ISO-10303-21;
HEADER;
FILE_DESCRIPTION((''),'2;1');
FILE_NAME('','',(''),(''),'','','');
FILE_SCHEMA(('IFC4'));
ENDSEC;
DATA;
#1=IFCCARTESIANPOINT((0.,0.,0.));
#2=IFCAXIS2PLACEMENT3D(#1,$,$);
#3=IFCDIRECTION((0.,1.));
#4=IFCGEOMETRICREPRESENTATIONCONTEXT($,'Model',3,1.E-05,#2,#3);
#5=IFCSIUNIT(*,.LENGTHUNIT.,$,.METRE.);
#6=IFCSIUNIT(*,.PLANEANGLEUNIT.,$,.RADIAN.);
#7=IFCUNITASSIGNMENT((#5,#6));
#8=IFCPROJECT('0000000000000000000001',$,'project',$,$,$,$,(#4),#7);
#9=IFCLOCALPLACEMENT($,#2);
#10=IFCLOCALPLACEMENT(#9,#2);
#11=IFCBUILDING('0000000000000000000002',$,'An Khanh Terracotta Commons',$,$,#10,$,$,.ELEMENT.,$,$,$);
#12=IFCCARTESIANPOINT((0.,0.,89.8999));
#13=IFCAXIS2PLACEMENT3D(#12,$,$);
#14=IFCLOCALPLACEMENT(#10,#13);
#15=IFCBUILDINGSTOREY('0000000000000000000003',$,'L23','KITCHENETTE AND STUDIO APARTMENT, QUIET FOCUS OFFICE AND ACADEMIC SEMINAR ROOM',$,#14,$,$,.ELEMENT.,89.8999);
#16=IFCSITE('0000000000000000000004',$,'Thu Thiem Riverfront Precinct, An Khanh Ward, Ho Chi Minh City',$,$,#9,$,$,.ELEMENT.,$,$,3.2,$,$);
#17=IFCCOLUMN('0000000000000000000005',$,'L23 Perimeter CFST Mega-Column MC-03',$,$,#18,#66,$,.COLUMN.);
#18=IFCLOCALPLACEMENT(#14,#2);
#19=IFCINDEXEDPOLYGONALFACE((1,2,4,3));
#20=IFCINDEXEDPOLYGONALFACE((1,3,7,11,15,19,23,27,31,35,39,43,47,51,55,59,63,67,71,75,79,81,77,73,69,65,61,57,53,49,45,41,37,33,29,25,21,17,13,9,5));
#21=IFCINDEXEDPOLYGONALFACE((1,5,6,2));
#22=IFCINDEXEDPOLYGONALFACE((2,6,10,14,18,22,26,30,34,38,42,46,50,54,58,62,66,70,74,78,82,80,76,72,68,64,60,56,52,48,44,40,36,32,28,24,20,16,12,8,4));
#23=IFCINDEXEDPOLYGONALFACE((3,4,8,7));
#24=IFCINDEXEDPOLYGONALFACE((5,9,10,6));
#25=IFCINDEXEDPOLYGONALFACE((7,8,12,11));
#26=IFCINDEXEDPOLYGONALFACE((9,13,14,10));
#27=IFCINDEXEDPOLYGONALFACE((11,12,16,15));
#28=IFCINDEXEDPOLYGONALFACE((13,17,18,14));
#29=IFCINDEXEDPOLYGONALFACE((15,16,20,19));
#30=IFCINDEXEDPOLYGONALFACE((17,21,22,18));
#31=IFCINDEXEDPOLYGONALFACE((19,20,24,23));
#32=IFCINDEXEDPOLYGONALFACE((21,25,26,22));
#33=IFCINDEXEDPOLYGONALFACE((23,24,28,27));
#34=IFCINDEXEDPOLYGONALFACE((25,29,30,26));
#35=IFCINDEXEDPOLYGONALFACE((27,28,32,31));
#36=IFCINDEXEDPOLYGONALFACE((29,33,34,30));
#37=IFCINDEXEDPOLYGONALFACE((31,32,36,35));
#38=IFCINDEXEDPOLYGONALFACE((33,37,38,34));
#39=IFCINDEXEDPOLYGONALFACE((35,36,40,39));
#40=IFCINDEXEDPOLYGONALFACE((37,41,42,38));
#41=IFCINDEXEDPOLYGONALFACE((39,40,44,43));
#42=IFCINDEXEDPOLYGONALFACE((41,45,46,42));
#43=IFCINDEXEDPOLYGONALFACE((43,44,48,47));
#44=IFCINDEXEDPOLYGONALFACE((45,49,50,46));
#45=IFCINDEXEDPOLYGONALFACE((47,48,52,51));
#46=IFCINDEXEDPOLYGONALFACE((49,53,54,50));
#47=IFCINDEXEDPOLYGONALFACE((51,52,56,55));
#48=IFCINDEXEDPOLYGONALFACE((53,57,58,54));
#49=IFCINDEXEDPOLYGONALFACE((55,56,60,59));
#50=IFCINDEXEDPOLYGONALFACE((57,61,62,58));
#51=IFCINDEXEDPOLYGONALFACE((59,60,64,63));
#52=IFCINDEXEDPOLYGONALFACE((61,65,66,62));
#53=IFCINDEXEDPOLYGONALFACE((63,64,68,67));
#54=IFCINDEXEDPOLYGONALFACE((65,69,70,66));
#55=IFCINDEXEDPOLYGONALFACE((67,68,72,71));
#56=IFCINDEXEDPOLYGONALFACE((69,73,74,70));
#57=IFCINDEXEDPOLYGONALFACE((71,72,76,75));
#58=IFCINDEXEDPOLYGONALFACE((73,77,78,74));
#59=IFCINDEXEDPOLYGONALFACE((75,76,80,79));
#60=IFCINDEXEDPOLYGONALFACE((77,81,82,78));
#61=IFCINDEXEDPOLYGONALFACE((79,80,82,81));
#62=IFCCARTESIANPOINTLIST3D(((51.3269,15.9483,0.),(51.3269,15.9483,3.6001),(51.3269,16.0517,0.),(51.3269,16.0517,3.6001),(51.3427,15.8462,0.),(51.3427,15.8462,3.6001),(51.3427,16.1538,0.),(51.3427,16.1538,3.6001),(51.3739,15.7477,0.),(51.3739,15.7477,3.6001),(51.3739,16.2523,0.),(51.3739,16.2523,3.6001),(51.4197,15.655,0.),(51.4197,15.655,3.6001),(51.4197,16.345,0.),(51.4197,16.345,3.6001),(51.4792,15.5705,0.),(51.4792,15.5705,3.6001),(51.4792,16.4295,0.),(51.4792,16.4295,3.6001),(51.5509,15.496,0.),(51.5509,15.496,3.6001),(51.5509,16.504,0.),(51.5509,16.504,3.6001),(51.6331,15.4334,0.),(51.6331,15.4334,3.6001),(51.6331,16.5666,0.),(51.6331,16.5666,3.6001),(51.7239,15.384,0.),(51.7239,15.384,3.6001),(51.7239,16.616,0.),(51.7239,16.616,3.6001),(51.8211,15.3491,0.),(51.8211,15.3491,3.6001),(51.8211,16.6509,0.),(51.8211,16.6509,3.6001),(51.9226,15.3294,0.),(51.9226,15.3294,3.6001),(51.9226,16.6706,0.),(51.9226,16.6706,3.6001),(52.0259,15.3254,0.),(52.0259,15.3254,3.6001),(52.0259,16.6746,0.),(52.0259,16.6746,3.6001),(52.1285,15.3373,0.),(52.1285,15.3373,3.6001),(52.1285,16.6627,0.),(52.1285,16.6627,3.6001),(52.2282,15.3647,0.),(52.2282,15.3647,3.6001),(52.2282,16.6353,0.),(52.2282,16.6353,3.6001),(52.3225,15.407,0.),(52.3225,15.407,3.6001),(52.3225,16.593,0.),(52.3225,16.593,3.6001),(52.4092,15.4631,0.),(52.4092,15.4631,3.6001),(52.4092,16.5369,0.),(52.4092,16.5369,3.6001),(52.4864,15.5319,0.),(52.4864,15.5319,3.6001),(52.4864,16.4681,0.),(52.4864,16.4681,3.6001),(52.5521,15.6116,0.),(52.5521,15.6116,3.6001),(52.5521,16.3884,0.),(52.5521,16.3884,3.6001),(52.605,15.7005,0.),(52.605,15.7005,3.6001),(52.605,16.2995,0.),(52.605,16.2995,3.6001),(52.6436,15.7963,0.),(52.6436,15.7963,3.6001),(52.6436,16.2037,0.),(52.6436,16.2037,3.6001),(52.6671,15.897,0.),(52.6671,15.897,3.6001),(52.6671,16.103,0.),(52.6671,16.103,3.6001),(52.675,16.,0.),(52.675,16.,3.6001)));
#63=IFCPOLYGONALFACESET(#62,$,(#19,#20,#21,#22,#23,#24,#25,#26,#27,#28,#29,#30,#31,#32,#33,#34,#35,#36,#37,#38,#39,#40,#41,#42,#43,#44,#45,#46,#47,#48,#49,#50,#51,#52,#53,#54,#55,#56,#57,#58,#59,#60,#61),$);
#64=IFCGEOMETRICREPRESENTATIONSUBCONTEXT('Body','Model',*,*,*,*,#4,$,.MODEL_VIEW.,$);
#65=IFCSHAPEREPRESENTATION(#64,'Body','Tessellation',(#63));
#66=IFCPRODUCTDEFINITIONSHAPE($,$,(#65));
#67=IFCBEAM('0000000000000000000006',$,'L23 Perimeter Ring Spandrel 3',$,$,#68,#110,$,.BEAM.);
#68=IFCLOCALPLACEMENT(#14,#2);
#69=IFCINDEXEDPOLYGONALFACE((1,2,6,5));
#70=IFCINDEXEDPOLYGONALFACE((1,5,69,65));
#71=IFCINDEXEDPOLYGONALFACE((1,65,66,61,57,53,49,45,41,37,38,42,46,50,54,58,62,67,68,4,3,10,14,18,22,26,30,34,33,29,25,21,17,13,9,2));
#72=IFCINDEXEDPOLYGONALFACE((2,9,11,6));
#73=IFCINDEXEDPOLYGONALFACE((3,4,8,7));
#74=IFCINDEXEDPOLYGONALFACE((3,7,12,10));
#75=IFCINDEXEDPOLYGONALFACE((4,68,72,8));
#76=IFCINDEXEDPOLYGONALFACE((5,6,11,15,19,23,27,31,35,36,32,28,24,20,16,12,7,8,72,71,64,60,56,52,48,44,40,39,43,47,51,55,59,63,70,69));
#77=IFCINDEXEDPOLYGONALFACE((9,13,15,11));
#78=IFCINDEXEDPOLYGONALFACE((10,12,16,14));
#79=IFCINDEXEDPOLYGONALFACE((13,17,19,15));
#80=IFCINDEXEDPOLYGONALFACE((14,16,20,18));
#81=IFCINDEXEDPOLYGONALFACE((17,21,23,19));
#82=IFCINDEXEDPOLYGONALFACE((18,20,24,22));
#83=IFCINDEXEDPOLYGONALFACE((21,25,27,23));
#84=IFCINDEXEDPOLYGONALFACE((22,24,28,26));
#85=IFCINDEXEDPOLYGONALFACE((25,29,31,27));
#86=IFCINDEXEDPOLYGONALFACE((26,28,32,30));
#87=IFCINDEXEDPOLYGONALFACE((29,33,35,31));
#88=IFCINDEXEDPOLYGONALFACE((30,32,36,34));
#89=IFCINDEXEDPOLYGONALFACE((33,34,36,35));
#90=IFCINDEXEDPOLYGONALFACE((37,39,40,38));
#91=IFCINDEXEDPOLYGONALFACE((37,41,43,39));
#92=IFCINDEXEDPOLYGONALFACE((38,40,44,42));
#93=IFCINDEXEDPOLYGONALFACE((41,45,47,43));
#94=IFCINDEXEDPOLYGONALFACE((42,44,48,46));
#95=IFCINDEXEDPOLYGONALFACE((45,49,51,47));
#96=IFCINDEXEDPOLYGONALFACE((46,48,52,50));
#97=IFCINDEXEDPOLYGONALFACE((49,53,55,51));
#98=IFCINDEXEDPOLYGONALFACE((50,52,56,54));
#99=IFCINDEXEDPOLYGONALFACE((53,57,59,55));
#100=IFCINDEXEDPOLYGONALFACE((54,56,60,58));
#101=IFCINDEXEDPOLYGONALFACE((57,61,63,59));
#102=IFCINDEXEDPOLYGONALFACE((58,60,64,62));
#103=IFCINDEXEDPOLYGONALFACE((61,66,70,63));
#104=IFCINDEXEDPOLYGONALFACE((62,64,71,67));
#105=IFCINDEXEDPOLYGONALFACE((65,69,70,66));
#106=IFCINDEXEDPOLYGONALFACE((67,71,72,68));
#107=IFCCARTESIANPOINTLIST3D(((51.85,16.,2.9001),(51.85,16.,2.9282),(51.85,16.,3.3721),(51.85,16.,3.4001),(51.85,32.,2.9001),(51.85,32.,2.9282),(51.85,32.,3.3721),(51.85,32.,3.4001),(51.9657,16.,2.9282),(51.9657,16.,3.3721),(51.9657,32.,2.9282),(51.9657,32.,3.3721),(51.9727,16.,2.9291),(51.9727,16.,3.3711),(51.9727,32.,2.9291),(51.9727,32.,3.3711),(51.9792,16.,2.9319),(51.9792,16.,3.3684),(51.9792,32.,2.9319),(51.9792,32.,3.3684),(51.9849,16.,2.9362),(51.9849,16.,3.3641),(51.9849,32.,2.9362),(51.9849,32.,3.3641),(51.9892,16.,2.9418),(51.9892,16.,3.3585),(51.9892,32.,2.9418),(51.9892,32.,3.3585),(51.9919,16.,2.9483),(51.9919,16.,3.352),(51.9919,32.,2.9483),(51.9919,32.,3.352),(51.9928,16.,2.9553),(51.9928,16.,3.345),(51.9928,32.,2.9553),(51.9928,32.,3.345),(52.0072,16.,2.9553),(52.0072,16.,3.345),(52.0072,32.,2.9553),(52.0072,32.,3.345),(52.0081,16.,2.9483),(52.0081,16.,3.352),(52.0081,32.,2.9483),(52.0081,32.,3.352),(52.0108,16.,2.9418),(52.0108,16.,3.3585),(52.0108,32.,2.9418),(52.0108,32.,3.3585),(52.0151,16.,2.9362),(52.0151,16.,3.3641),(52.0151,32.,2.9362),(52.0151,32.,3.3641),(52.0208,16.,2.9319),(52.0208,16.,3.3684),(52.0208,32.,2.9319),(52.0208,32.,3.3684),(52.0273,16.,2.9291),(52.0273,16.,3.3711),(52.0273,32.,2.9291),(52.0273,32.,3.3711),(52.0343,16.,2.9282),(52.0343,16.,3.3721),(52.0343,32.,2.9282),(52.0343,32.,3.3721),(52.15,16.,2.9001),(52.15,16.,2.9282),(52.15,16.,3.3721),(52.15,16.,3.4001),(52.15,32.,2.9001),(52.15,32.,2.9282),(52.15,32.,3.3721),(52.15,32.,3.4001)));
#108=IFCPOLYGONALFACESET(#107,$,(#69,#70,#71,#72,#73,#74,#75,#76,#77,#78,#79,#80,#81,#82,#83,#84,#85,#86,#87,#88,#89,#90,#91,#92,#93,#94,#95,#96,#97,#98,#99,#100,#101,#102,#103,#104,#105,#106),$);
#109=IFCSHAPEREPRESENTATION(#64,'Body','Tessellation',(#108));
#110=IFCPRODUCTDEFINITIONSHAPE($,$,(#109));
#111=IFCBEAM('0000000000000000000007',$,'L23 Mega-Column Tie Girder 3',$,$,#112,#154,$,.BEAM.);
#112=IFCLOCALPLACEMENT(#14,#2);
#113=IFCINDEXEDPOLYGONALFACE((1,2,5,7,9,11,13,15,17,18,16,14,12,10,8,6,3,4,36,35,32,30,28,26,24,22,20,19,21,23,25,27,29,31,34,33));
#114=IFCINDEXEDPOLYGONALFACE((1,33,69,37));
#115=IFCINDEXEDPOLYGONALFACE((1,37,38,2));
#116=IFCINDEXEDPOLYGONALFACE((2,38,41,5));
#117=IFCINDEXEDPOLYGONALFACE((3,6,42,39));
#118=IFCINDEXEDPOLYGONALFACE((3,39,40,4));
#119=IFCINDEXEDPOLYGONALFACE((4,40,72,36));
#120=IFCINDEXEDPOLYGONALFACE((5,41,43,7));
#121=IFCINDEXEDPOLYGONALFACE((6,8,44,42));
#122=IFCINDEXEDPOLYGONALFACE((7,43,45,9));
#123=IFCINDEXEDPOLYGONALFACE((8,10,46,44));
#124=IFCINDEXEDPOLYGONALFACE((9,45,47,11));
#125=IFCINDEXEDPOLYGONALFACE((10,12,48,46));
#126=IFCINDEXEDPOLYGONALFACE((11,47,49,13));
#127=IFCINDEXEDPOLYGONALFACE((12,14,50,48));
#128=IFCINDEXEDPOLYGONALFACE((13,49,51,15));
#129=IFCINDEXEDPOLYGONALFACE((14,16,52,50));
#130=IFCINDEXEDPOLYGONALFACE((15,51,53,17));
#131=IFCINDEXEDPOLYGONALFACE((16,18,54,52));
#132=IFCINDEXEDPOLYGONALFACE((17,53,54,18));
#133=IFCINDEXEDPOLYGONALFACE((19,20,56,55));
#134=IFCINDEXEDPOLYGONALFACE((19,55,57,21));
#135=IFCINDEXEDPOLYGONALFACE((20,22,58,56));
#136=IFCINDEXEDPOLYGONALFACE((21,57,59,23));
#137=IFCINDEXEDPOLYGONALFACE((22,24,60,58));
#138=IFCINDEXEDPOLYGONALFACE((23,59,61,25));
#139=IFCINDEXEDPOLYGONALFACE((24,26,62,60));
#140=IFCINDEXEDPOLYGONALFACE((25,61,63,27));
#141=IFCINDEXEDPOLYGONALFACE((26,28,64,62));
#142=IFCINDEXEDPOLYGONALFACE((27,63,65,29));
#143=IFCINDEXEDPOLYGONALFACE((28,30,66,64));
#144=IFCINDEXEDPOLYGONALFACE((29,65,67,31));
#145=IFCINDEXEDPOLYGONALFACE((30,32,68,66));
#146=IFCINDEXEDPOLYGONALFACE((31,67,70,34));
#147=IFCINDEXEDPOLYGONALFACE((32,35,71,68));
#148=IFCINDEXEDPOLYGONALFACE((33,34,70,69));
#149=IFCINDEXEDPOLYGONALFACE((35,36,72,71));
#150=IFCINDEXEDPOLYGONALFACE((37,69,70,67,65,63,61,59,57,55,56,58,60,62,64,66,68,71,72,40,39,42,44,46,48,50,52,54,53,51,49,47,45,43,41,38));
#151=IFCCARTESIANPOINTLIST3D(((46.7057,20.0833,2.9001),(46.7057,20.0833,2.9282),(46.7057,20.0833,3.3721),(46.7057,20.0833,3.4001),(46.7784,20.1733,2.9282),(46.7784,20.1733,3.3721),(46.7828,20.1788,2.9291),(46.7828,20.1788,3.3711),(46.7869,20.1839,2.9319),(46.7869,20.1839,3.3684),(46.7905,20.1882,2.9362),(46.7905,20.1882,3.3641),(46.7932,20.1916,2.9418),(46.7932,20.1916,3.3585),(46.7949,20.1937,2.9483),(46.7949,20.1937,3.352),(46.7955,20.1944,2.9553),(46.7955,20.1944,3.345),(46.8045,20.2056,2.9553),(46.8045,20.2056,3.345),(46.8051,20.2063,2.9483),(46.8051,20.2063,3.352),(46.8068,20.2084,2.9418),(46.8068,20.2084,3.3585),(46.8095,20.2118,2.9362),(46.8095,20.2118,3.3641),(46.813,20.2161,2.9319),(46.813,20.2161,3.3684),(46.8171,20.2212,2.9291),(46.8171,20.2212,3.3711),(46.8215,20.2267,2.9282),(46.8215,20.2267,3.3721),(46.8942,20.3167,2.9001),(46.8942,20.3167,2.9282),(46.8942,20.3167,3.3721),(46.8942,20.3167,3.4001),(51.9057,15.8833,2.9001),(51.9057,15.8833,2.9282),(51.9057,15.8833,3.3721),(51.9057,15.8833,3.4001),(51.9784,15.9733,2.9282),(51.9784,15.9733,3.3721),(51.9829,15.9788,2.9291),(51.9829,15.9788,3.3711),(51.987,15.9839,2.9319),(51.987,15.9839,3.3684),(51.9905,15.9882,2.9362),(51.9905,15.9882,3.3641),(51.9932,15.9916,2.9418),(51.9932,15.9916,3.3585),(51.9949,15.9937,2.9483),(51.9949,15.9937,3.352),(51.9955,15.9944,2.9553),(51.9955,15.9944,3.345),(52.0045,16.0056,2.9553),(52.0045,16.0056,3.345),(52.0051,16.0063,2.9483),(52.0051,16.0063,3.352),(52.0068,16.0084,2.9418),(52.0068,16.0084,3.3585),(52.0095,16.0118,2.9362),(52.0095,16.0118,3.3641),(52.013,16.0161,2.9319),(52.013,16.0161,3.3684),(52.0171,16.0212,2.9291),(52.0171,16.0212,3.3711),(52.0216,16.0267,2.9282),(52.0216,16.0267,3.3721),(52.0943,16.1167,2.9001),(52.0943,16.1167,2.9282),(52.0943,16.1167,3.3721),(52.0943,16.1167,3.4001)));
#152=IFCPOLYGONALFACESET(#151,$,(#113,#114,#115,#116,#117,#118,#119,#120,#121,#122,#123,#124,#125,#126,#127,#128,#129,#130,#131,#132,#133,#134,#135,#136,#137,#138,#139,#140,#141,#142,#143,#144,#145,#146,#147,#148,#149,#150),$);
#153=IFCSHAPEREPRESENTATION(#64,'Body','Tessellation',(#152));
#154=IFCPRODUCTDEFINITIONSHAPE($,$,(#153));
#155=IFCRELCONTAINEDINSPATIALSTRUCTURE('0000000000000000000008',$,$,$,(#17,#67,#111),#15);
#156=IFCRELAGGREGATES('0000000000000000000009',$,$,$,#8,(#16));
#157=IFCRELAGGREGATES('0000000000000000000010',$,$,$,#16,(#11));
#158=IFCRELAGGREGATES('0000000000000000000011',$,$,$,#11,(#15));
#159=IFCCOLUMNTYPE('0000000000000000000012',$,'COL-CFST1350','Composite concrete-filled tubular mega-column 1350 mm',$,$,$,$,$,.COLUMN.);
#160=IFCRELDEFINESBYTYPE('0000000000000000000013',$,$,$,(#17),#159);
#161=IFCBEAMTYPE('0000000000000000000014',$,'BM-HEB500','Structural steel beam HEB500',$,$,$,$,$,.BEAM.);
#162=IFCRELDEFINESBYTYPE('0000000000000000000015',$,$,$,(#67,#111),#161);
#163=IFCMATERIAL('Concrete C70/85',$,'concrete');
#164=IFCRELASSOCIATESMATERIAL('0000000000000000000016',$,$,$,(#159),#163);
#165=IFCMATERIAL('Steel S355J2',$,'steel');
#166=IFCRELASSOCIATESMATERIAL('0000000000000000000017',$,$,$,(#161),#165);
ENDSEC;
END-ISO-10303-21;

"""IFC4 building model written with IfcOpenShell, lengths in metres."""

from ifc_helpers import new_model, si_unit, direction, frame, origin, origin_2d, place, context, subcontext, project, spatial, circle, i_section, extrude, material, material_profile, profile_set, type_object, element, save


model = new_model("IFC4")

# Units and contexts
model_context = context("Model", 3, precision=1e-05, world=origin(), true_north=direction((0.0, 1.0)))
body_context = subcontext(model_context, "Body", "Model", "MODEL_VIEW")
ifc_project = project(units=[si_unit("LENGTHUNIT", "METRE"), si_unit("PLANEANGLEUNIT", "RADIAN")], contexts=[model_context])

# Site, building, storey
site_placement = place(None, origin())
site = spatial("IfcSite", under=ifc_project, at=site_placement, Name="Thu Thiem Riverfront Precinct, An Khanh Ward, Ho Chi Minh City", CompositionType="ELEMENT", RefElevation=3.2)
building_placement = place(site_placement, origin())
building = spatial("IfcBuilding", under=site, at=building_placement, Name="An Khanh Terracotta Commons", CompositionType="ELEMENT")
storey_placement = place(building_placement, frame((0.0, 0.0, 89.8999)))
storey = spatial("IfcBuildingStorey", under=building, at=storey_placement, Name="L23", Description="KITCHENETTE AND STUDIO APARTMENT, QUIET FOCUS OFFICE AND ACADEMIC SEMINAR ROOM", CompositionType="ELEMENT", Elevation=89.8999)

# Column
ifc_material_1 = material(Name="Concrete C70/85", Category="concrete")
ifc_material_profile_1 = material_profile(ifc_material_1, circle(Radius=0.675, at=origin_2d()), Name="CFST1350")
ifc_profile_set_1 = profile_set([ifc_material_profile_1], Name="Concrete C70/85")
column_type = type_object("IfcColumnType", Name="COL-CFST1350", Description="Composite concrete-filled tubular mega-column 1350 mm", PredefinedType="COLUMN", material=ifc_profile_set_1)
column_placement = place(storey_placement, frame((52.0, 16.0, 0.0), z_axis=(0.0, 0.0, 1.0), x_axis=(1.0, 0.0, 0.0)))
element("IfcColumn", 1, at=column_placement, inside=storey, type_object=column_type, Name="L23 Perimeter CFST Mega-Column MC-03", PredefinedType="COLUMN", context=body_context, shape_type="SweptSolid", body=[
    extrude(circle(Radius=0.675, at=origin_2d()), origin(), (0.0, 0.0, 1.0), 3.6001),
])

# Beams
ifc_material_2 = material(Name="Steel S355J2", Category="steel")
ifc_material_profile_2 = material_profile(ifc_material_2, i_section(OverallWidth=0.3, OverallDepth=0.5, WebThickness=0.0144, FlangeThickness=0.0281, FilletRadius=0.0271, at=origin_2d()), Name="HEB500")
ifc_profile_set_2 = profile_set([ifc_material_profile_2], Name="Steel S355J2")
beam_type = type_object("IfcBeamType", Name="BM-HEB500", Description="Structural steel beam HEB500", PredefinedType="BEAM", material=ifc_profile_set_2)
beam_1_placement = place(storey_placement, frame((52.0, 16.0, 3.1501), z_axis=(0.0, 1.0, 0.0), x_axis=(-1.0, 0.0, 0.0)))
element("IfcBeam", 2, at=beam_1_placement, inside=storey, type_object=beam_type, Name="L23 Perimeter Ring Spandrel 3", PredefinedType="BEAM", context=body_context, shape_type="SweptSolid", body=[
    extrude(i_section(OverallWidth=0.3, OverallDepth=0.5, WebThickness=0.0144, FlangeThickness=0.0281, FilletRadius=0.0271, at=origin_2d()), origin(), (0.0, 0.0, 1.0), 16.0),
])
beam_2_placement = place(storey_placement, frame((52.0, 16.0, 3.1501), z_axis=(-0.777942, 0.628336, 0.0), x_axis=(-0.628336, -0.777942, 0.0)))
element("IfcBeam", 3, at=beam_2_placement, inside=storey, type_object=beam_type, Name="L23 Mega-Column Tie Girder 3", PredefinedType="BEAM", context=body_context, shape_type="SweptSolid", body=[
    extrude(i_section(OverallWidth=0.3, OverallDepth=0.5, WebThickness=0.0144, FlangeThickness=0.0281, FilletRadius=0.0271, at=origin_2d()), origin(), (0.0, 0.0, 1.0), 6.6843),
])

save(model, "model.ifc")
